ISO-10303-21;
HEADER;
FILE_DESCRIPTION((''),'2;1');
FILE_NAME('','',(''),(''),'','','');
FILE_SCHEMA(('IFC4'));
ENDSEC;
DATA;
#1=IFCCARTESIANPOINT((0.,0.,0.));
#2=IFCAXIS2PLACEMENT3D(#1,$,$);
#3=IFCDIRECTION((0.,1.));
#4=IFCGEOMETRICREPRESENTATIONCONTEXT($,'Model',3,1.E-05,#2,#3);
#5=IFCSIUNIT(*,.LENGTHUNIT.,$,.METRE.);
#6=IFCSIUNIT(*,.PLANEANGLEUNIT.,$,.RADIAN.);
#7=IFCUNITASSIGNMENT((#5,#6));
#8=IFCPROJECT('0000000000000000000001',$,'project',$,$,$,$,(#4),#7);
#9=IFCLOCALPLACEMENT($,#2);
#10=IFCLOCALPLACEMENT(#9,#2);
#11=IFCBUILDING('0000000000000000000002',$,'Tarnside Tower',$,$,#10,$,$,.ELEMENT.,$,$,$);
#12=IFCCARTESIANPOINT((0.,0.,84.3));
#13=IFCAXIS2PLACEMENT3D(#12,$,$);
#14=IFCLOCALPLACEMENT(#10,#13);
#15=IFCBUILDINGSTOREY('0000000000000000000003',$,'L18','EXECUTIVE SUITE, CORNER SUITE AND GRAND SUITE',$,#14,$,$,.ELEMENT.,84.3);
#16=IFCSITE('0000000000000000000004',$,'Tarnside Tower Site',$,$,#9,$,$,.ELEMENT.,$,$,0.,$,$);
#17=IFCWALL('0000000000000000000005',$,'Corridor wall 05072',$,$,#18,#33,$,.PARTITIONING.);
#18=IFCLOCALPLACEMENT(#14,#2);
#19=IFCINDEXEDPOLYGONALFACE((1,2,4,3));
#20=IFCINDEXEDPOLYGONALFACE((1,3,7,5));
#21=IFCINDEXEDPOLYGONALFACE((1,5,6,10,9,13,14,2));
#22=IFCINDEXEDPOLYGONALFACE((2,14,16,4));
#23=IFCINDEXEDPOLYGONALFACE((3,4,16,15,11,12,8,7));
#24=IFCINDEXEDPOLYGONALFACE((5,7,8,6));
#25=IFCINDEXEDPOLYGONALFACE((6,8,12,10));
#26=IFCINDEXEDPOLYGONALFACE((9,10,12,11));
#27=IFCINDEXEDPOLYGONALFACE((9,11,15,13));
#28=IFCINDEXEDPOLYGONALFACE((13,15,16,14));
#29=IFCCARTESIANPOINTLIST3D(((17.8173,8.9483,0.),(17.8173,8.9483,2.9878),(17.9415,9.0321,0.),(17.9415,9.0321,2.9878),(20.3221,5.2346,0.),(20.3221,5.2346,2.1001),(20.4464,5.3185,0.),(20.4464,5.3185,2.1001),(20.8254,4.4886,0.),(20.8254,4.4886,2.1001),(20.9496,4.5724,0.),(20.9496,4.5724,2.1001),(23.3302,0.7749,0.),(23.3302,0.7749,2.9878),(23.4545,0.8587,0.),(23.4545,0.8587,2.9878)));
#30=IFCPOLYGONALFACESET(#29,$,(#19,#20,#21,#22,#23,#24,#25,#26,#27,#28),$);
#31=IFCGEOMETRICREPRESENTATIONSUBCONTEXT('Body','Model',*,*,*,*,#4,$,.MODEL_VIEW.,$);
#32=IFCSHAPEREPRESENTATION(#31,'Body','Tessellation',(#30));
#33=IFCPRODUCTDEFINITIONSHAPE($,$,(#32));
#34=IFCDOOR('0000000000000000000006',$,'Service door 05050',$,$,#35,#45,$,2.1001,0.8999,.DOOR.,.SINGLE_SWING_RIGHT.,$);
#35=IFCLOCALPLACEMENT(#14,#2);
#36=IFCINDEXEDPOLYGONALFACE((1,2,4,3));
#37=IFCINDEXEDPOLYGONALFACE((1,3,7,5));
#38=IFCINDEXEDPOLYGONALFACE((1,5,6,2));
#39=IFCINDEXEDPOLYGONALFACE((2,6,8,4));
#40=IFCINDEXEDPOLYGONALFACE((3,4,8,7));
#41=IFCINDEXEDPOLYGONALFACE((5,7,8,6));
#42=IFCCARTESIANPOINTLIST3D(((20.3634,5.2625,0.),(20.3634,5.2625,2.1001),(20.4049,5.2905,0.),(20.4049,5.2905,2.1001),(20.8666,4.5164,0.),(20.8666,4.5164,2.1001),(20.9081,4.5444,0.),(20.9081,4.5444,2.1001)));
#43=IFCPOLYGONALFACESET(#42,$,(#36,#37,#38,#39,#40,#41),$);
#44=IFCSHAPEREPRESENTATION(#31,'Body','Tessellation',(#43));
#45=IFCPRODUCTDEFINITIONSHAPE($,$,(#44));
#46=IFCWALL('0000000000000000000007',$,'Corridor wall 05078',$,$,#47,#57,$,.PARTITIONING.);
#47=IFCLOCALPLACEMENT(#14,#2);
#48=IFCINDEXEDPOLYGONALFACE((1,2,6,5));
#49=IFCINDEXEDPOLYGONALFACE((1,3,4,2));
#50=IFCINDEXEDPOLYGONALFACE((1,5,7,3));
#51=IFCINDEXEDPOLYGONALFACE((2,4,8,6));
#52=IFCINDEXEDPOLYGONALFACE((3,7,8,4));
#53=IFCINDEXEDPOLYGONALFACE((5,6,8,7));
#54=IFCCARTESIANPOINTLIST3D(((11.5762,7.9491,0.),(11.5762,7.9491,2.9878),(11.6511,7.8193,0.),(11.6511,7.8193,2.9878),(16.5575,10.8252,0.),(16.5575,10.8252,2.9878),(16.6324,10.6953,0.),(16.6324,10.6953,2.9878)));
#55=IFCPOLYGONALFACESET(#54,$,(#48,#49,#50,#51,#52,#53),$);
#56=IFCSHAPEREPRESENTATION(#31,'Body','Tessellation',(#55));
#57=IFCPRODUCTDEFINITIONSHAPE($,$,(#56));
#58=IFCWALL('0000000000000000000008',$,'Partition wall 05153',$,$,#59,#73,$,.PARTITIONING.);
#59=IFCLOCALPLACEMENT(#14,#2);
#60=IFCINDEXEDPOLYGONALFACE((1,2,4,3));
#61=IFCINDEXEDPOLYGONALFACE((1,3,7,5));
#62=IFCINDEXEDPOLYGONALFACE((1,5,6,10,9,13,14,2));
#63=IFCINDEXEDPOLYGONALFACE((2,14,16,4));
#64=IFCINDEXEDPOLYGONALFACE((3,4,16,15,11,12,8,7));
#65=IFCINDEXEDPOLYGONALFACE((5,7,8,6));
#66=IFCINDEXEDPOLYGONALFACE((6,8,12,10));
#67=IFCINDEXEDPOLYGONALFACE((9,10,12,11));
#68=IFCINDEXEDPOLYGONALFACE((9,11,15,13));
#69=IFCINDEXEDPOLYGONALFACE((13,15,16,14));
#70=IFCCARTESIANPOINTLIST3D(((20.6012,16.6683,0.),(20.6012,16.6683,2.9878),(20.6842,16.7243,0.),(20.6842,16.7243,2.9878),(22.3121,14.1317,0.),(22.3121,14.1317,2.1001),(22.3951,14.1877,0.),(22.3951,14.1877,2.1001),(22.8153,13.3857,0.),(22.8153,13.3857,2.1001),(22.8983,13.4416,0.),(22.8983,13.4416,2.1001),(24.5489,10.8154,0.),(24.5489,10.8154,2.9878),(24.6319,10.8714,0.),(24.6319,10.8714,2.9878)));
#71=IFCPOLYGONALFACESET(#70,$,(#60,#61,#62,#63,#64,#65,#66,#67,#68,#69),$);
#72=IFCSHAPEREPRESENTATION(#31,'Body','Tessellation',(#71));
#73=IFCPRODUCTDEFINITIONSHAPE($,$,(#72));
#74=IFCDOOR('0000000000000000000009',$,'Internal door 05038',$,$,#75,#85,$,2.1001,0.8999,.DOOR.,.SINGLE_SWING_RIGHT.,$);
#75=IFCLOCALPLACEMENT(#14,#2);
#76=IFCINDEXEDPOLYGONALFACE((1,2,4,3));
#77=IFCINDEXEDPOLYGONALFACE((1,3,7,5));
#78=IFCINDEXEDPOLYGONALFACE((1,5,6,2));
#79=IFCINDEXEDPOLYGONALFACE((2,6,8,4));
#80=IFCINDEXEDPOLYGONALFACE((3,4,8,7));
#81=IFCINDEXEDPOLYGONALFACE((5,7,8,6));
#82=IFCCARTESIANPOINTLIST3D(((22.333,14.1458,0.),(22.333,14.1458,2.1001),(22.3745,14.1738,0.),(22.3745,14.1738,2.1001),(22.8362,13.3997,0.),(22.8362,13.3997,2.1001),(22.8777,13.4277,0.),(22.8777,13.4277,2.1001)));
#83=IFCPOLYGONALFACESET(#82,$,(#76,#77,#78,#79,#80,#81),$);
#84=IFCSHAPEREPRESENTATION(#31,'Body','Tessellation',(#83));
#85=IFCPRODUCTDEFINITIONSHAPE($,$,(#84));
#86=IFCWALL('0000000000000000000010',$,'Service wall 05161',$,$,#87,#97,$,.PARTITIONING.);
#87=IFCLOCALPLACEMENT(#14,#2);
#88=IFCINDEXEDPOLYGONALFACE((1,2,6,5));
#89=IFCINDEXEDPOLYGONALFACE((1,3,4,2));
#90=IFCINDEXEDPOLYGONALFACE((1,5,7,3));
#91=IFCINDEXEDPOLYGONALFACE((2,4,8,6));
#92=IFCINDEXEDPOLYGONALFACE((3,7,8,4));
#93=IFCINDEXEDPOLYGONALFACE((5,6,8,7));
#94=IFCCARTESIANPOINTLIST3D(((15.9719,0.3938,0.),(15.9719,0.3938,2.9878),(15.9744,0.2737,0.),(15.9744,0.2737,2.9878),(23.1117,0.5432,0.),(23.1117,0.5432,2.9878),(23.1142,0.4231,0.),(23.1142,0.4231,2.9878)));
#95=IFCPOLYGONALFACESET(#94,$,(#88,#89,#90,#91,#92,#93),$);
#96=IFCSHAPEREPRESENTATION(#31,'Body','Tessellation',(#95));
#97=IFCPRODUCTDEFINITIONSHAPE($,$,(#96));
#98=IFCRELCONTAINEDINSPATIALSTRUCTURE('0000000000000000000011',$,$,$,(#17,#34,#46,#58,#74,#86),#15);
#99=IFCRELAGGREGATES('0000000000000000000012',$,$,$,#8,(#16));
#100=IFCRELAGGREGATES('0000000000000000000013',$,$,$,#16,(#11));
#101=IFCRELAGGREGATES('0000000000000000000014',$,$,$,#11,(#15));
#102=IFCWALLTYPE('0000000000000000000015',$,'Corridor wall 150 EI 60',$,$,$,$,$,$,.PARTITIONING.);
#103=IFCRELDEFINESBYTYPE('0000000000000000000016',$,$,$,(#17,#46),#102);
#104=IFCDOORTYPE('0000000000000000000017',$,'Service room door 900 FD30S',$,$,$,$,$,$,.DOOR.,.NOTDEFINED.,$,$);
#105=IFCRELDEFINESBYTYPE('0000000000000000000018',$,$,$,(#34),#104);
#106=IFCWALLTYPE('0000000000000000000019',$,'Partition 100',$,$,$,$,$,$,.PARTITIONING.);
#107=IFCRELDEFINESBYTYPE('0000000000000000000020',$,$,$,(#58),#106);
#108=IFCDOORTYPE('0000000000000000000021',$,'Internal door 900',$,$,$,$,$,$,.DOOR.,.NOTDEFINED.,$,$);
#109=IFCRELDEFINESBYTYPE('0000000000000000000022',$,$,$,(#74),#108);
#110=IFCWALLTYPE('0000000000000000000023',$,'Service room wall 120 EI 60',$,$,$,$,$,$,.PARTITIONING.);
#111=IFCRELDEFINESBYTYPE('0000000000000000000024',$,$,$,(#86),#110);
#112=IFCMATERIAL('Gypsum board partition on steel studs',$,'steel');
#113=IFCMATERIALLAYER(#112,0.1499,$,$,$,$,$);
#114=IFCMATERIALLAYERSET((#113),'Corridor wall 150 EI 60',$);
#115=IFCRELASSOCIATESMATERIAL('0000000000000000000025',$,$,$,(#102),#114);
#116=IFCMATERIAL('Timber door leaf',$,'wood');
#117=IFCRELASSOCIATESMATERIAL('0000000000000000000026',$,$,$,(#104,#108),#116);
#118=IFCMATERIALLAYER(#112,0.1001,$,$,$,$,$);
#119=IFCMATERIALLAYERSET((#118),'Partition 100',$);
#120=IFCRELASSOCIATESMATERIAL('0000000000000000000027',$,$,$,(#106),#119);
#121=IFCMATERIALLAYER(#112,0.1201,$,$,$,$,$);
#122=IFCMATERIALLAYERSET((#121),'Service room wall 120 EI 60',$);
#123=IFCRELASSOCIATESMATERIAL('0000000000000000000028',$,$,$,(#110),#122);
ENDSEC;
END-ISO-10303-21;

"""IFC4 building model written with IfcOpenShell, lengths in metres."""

from ifc_helpers import new_model, si_unit, direction, frame, frame_2d, origin, place, context, subcontext, project, spatial, rectangle, extrude, material, layer, layer_set, type_object, element, fill, save


model = new_model("IFC4")

# Units and contexts
model_context = context("Model", 3, precision=1e-05, world=origin(), true_north=direction((0.0, 1.0)))
body_context = subcontext(model_context, "Body", "Model", "MODEL_VIEW")
ifc_project = project(units=[si_unit("LENGTHUNIT", "METRE"), si_unit("PLANEANGLEUNIT", "RADIAN")], contexts=[model_context])

# Site, building, storey
site_placement = place(None, origin())
site = spatial("IfcSite", under=ifc_project, at=site_placement, Name="Tarnside Tower Site", CompositionType="ELEMENT", RefElevation=0.0)
building_placement = place(site_placement, origin())
building = spatial("IfcBuilding", under=site, at=building_placement, Name="Tarnside Tower", CompositionType="ELEMENT")
storey_placement = place(building_placement, frame((0.0, 0.0, 84.3)))
storey = spatial("IfcBuildingStorey", under=building, at=storey_placement, Name="L18", Description="EXECUTIVE SUITE, CORNER SUITE AND GRAND SUITE", CompositionType="ELEMENT", Elevation=84.3)

# Shared definitions
ifc_material_1 = material(Name="Gypsum board partition on steel studs", Category="steel")
ifc_material_2 = material(Name="Timber door leaf", Category="wood")

# Shared definitions
ifc_layer_1 = layer(ifc_material_1, 0.1499)
ifc_layer_set_1 = layer_set([ifc_layer_1], Name="Corridor wall 150 EI 60")
wall_type_1 = type_object("IfcWallType", Name="Corridor wall 150 EI 60", PredefinedType="PARTITIONING", material=ifc_layer_set_1)

# Wall, opening, door
door_type_1 = type_object("IfcDoorType", Name="Service room door 900 FD30S", OperationType="NOTDEFINED", PredefinedType="DOOR", material=ifc_material_2)
wall_1_placement = place(storey_placement, frame((17.8794, 8.9902, 0.0), z_axis=(0.0, 0.0, 1.0), x_axis=(0.55919, -0.82904, 0.0)))
wall_1 = element("IfcWall", 1, at=wall_1_placement, inside=storey, type_object=wall_type_1, Name="Corridor wall 05072", PredefinedType="PARTITIONING", context=body_context, shape_type="SweptSolid", body=[
    extrude(rectangle(XDim=9.8589, YDim=0.1499, at=frame_2d((4.9294, 0.0))), origin(), (0.0, 0.0, 1.0), 2.9878),
])
opening_1_placement = place(wall_1_placement, frame((4.4795, 0.0, 0.0)))
opening_1 = element("IfcOpeningElement", 2, at=opening_1_placement, cuts=wall_1, PredefinedType="OPENING", context=body_context, shape_type="SweptSolid", body=[
    extrude(rectangle(XDim=0.8999, YDim=2.1001, at=frame_2d((0.45, 1.05))), frame((0.0, 0.085, 0.0), z_axis=(0.0, -1.0, 0.0), x_axis=(1.0, 0.0, 0.0)), (0.0, 0.0, 1.0), 0.1699),
])
door_1_placement = place(opening_1_placement, origin())
door_1 = element("IfcDoor", 3, at=door_1_placement, inside=storey, type_object=door_type_1, Name="Service door 05050", OperationType="SINGLE_SWING_RIGHT", OverallHeight=2.1001, OverallWidth=0.8999, PredefinedType="DOOR", context=body_context, shape_type="SweptSolid", body=[
    extrude(rectangle(XDim=0.8999, YDim=2.1001, at=frame_2d((0.45, 1.05))), frame((0.0, 0.0249, 0.0), z_axis=(0.0, -1.0, 0.0), x_axis=(1.0, 0.0, 0.0)), (0.0, 0.0, 1.0), 0.05),
])
fill(opening_1, door_1)

# Wall
wall_2_placement = place(storey_placement, frame((16.595, 10.7603, 0.0), z_axis=(0.0, 0.0, 1.0), x_axis=(-0.866019, -0.50001, 0.0)))
element("IfcWall", 4, at=wall_2_placement, inside=storey, type_object=wall_type_1, Name="Corridor wall 05078", PredefinedType="PARTITIONING", context=body_context, shape_type="SweptSolid", body=[
    extrude(rectangle(XDim=5.752, YDim=0.1499, at=frame_2d((2.876, 0.0))), origin(), (0.0, 0.0, 1.0), 2.9878),
])

# Wall, opening, door
ifc_layer_2 = layer(ifc_material_1, 0.1001)
ifc_layer_set_2 = layer_set([ifc_layer_2], Name="Partition 100")
wall_type_2 = type_object("IfcWallType", Name="Partition 100", PredefinedType="PARTITIONING", material=ifc_layer_set_2)
wall_3_placement = place(storey_placement, frame((24.5903, 10.8435, 0.0), z_axis=(0.0, 0.0, 1.0), x_axis=(-0.559177, 0.829048, 0.0)))
wall_3 = element("IfcWall", 5, at=wall_3_placement, inside=storey, type_object=wall_type_2, Name="Partition wall 05153", PredefinedType="PARTITIONING", context=body_context, shape_type="SweptSolid", body=[
    extrude(rectangle(XDim=7.0598, YDim=0.1001, at=frame_2d((3.5298, 0.0))), origin(), (0.0, 0.0, 1.0), 2.9878),
])
opening_2_placement = place(wall_3_placement, frame((3.1001, 0.0, 0.0)))
opening_2 = element("IfcOpeningElement", 6, at=opening_2_placement, cuts=wall_3, PredefinedType="OPENING", context=body_context, shape_type="SweptSolid", body=[
    extrude(rectangle(XDim=0.8999, YDim=2.1001, at=frame_2d((0.45, 1.05))), frame((0.0, 0.0601, 0.0), z_axis=(0.0, -1.0, 0.0), x_axis=(1.0, 0.0, 0.0)), (0.0, 0.0, 1.0), 0.1201),
])
door_type_2 = type_object("IfcDoorType", Name="Internal door 900", OperationType="NOTDEFINED", PredefinedType="DOOR", material=ifc_material_2)
door_2_placement = place(opening_2_placement, origin())
door_2 = element("IfcDoor", 7, at=door_2_placement, inside=storey, type_object=door_type_2, Name="Internal door 05038", OperationType="SINGLE_SWING_RIGHT", OverallHeight=2.1001, OverallWidth=0.8999, PredefinedType="DOOR", context=body_context, shape_type="SweptSolid", body=[
    extrude(rectangle(XDim=0.8999, YDim=2.1001, at=frame_2d((0.45, 1.05))), frame((0.0, 0.0249, 0.0), z_axis=(0.0, -1.0, 0.0), x_axis=(1.0, 0.0, 0.0)), (0.0, 0.0, 1.0), 0.05),
])
fill(opening_2, door_2)

# Wall
ifc_layer_3 = layer(ifc_material_1, 0.1201)
ifc_layer_set_3 = layer_set([ifc_layer_3], Name="Service room wall 120 EI 60")
wall_type_3 = type_object("IfcWallType", Name="Service room wall 120 EI 60", PredefinedType="PARTITIONING", material=ifc_layer_set_3)
wall_4_placement = place(storey_placement, frame((23.113, 0.4832, 0.0), z_axis=(0.0, 0.0, 1.0), x_axis=(-0.999781, -0.020922, 0.0)))
element("IfcWall", 8, at=wall_4_placement, inside=storey, type_object=wall_type_3, Name="Service wall 05161", PredefinedType="PARTITIONING", context=body_context, shape_type="SweptSolid", body=[
    extrude(rectangle(XDim=7.1414, YDim=0.1201, at=frame_2d((3.5708, 0.0))), origin(), (0.0, 0.0, 1.0), 2.9878),
])

save(model, "model.ifc")
